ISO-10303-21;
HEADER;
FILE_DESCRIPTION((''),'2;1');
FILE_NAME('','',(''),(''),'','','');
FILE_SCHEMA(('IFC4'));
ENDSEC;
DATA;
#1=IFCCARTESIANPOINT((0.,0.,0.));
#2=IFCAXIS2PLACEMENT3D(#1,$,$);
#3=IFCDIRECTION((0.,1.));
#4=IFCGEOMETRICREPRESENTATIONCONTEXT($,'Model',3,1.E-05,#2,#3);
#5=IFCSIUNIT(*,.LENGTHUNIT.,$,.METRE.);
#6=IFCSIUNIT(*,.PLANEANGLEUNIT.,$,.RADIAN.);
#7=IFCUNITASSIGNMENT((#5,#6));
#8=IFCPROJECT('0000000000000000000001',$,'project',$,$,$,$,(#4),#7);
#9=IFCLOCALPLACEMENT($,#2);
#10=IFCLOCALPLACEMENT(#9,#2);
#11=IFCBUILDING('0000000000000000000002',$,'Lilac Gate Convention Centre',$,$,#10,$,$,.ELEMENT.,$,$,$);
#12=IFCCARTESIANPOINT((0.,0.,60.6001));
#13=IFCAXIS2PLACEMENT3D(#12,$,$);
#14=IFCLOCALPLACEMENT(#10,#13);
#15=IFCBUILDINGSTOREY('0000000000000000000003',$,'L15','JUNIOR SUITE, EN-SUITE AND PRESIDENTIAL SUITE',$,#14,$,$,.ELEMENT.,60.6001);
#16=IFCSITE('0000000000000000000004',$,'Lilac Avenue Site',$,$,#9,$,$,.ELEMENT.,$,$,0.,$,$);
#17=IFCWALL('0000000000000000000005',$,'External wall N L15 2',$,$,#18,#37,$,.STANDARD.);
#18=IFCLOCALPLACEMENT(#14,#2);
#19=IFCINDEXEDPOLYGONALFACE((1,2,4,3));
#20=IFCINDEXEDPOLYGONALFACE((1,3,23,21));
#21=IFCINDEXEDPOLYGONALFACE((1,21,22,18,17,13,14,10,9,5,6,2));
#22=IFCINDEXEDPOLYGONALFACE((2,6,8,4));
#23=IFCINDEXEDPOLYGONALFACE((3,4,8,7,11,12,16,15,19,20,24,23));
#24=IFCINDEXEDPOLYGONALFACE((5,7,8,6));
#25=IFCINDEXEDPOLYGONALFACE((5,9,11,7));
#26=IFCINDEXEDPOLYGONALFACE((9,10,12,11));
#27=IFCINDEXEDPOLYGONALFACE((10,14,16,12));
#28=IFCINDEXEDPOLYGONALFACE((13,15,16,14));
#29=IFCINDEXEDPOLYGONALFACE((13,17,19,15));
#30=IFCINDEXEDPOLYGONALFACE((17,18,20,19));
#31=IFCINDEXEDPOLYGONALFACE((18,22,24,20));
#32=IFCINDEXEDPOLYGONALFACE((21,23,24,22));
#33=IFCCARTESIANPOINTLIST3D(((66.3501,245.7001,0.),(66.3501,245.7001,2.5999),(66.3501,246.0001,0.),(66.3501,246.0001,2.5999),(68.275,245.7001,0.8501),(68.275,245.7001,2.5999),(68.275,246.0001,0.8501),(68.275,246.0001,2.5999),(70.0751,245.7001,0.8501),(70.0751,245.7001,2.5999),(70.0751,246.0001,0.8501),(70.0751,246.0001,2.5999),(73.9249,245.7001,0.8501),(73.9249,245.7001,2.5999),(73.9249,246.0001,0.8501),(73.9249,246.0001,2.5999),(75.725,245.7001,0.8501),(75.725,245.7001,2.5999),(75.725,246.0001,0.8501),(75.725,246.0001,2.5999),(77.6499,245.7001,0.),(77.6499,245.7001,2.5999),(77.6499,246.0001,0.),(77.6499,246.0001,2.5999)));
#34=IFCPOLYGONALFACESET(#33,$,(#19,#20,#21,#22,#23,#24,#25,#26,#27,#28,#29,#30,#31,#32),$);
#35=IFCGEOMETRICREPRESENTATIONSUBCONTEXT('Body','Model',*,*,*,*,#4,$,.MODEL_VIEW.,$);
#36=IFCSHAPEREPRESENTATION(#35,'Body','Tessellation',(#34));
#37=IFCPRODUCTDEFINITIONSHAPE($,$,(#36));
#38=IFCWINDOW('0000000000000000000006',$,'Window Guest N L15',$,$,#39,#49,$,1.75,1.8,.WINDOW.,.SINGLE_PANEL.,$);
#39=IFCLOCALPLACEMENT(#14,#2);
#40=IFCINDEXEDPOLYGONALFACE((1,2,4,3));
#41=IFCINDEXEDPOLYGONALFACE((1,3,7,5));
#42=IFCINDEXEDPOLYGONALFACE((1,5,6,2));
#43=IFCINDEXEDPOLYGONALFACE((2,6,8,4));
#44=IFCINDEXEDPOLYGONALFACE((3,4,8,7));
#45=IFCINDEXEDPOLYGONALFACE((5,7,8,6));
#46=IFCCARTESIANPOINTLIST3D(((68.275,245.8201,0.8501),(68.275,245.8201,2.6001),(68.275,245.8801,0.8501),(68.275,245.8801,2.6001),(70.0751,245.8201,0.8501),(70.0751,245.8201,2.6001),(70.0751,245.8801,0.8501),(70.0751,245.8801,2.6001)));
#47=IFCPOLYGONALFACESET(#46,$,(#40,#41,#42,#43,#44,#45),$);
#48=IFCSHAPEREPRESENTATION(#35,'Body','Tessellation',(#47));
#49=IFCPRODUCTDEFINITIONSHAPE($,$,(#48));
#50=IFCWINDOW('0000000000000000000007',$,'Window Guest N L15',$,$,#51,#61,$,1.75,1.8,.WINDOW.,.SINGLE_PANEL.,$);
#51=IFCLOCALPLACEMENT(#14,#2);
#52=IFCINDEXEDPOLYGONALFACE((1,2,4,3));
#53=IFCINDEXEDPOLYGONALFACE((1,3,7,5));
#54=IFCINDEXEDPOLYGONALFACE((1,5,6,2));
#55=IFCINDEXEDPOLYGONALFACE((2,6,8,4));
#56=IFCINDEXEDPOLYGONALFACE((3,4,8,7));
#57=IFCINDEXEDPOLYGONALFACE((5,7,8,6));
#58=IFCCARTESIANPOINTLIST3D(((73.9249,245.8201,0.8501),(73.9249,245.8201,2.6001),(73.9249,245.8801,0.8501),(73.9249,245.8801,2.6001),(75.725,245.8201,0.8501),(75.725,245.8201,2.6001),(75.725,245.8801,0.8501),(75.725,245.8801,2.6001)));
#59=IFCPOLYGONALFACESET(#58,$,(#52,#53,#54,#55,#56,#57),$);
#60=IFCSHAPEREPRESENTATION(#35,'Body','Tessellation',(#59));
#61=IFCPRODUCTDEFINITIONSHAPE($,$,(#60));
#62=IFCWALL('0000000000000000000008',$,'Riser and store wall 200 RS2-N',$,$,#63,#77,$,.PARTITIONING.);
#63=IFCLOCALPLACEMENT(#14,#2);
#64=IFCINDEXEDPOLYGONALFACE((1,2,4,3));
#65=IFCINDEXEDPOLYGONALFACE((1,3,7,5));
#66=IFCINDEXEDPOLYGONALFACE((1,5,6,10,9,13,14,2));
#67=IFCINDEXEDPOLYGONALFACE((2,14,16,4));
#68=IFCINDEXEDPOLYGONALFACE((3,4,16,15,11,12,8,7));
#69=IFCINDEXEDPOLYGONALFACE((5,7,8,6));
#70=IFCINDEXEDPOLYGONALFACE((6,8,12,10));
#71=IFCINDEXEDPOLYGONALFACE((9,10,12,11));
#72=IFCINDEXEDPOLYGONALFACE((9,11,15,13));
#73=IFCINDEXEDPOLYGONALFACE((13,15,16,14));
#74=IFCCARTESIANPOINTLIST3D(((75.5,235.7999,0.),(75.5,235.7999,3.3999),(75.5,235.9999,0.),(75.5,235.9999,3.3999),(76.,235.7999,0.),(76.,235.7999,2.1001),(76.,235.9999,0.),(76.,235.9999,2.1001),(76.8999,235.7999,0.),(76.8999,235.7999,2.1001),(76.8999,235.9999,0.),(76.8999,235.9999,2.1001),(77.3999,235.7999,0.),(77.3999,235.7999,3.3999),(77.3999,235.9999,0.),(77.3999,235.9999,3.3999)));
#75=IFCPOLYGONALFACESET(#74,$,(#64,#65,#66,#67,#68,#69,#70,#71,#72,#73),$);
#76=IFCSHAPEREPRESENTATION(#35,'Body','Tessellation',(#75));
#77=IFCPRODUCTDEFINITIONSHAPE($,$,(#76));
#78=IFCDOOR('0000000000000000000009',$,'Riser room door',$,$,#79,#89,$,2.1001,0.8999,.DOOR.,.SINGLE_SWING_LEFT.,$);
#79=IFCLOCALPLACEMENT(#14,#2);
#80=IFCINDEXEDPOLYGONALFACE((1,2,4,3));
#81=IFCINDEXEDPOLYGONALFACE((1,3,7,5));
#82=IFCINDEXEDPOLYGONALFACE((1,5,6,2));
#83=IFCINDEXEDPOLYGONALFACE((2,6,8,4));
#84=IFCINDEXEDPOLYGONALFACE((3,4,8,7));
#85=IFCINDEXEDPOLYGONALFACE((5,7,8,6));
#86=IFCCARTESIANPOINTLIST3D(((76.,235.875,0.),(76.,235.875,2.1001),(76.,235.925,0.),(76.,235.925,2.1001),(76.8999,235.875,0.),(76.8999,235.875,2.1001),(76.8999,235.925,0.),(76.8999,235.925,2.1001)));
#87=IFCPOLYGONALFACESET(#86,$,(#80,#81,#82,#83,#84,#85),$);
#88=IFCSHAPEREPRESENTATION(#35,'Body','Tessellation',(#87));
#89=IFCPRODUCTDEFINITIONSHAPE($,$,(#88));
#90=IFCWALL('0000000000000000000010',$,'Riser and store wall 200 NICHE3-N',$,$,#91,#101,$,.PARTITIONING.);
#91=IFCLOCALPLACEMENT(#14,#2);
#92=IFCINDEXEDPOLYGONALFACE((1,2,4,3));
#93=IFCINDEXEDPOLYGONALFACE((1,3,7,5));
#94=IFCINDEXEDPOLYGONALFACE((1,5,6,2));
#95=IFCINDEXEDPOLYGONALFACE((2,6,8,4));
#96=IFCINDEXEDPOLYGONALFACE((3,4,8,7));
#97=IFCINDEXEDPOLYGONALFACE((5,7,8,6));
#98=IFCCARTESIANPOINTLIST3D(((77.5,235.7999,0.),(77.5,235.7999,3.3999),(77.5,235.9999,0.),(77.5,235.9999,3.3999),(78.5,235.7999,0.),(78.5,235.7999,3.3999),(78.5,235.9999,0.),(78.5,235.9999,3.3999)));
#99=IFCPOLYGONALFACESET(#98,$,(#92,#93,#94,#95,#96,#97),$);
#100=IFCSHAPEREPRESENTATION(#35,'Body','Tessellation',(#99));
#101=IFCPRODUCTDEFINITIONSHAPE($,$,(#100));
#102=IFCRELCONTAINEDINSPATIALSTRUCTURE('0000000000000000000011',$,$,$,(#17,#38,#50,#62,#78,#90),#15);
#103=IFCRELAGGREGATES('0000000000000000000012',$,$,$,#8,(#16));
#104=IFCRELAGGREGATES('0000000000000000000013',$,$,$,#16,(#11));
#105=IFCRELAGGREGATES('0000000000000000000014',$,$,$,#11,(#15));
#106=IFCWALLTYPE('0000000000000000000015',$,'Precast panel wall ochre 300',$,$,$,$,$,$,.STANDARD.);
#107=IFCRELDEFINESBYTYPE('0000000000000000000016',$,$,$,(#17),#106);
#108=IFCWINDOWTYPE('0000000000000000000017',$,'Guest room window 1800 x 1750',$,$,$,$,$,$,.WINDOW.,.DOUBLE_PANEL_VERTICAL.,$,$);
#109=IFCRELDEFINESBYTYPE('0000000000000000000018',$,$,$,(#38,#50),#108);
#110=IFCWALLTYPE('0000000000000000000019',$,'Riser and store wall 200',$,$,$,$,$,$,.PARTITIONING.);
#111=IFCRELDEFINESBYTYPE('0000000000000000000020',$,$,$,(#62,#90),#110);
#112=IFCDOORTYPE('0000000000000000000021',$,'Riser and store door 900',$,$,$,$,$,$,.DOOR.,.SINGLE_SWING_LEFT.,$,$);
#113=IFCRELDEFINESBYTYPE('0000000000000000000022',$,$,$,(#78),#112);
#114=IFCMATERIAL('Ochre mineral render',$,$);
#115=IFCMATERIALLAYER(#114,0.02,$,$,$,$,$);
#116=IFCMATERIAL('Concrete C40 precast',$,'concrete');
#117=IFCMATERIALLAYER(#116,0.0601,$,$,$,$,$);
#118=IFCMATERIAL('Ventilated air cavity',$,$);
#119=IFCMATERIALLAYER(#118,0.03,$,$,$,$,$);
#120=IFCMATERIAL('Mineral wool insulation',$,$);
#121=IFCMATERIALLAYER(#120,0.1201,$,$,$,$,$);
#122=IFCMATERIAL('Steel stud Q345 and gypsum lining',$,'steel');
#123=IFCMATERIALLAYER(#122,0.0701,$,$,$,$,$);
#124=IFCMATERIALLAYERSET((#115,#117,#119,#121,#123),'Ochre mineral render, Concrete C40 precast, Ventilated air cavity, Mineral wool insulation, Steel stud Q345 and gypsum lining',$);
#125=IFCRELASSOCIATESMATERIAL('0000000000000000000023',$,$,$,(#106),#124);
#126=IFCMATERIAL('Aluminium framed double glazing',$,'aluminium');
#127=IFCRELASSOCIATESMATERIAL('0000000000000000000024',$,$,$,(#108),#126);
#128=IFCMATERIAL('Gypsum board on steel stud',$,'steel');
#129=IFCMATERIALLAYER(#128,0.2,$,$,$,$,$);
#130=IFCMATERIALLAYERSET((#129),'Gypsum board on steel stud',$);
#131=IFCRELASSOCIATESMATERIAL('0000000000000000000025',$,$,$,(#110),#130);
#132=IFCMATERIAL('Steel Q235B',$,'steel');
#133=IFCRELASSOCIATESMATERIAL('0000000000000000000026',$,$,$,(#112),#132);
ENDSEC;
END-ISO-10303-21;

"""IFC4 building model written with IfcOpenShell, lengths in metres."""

from ifc_helpers import new_model, si_unit, direction, frame, frame_2d, origin, place, context, subcontext, project, spatial, rectangle, extrude, material, layer, layer_set, type_object, element, fill, save


model = new_model("IFC4")

# Units and contexts
model_context = context("Model", 3, precision=1e-05, world=origin(), true_north=direction((0.0, 1.0)))
body_context = subcontext(model_context, "Body", "Model", "MODEL_VIEW")
ifc_project = project(units=[si_unit("LENGTHUNIT", "METRE"), si_unit("PLANEANGLEUNIT", "RADIAN")], contexts=[model_context])

# Site, building, storey
site_placement = place(None, origin())
site = spatial("IfcSite", under=ifc_project, at=site_placement, Name="Lilac Avenue Site", CompositionType="ELEMENT", RefElevation=0.0)
building_placement = place(site_placement, origin())
building = spatial("IfcBuilding", under=site, at=building_placement, Name="Lilac Gate Convention Centre", CompositionType="ELEMENT")
storey_placement = place(building_placement, frame((0.0, 0.0, 60.6001)))
storey = spatial("IfcBuildingStorey", under=building, at=storey_placement, Name="L15", Description="JUNIOR SUITE, EN-SUITE AND PRESIDENTIAL SUITE", CompositionType="ELEMENT", Elevation=60.6001)

# Shared definitions
ifc_material_1 = material(Name="Gypsum board on steel stud", Category="steel")

# Shared definitions
ifc_material_2 = material(Name="Concrete C40 precast", Category="concrete")

# Wall, openings, windows
ifc_material_3 = material(Name="Ochre mineral render")
ifc_layer_1 = layer(ifc_material_3, 0.02)
ifc_layer_2 = layer(ifc_material_2, 0.0601)
ifc_material_4 = material(Name="Ventilated air cavity")
ifc_layer_3 = layer(ifc_material_4, 0.03)
ifc_material_5 = material(Name="Mineral wool insulation")
ifc_layer_4 = layer(ifc_material_5, 0.1201)
ifc_material_6 = material(Name="Steel stud Q345 and gypsum lining", Category="steel")
ifc_layer_5 = layer(ifc_material_6, 0.0701)
ifc_layer_set_1 = layer_set([ifc_layer_1, ifc_layer_2, ifc_layer_3, ifc_layer_4, ifc_layer_5], Name="Ochre mineral render, Concrete C40 precast, Ventilated air cavity, Mineral wool insulation, Steel stud Q345 and gypsum lining")
wall_type_1 = type_object("IfcWallType", Name="Precast panel wall ochre 300", PredefinedType="STANDARD", material=ifc_layer_set_1)
wall_1_placement = place(storey_placement, frame((77.6499, 245.8501, 0.0), z_axis=(0.0, 0.0, 1.0), x_axis=(-1.0, 0.0, 0.0)))
wall_1 = element("IfcWall", 1, at=wall_1_placement, inside=storey, type_object=wall_type_1, Name="External wall N L15 2", PredefinedType="STANDARD", context=body_context, shape_type="SweptSolid", body=[
    extrude(rectangle(XDim=11.2998, YDim=0.3, at=frame_2d((5.6499, 0.0))), origin(), (0.0, 0.0, 1.0), 2.5999),
])
opening_1_placement = place(wall_1_placement, frame((7.575, 0.0, 0.8501)))
opening_1 = element("IfcOpeningElement", 2, at=opening_1_placement, cuts=wall_1, PredefinedType="OPENING", context=body_context, shape_type="SweptSolid", body=[
    extrude(rectangle(XDim=1.8, YDim=1.75, at=frame_2d((0.8999, 0.875))), frame((0.0, 0.1599, 0.0), z_axis=(0.0, -1.0, 0.0), x_axis=(1.0, 0.0, 0.0)), (0.0, 0.0, 1.0), 0.3201),
])
opening_2_placement = place(wall_1_placement, frame((1.925, 0.0, 0.8501)))
opening_2 = element("IfcOpeningElement", 3, at=opening_2_placement, cuts=wall_1, PredefinedType="OPENING", context=body_context, shape_type="SweptSolid", body=[
    extrude(rectangle(XDim=1.8, YDim=1.75, at=frame_2d((0.8999, 0.875))), frame((0.0, 0.1599, 0.0), z_axis=(0.0, -1.0, 0.0), x_axis=(1.0, 0.0, 0.0)), (0.0, 0.0, 1.0), 0.3201),
])
ifc_material_7 = material(Name="Aluminium framed double glazing", Category="aluminium")
window_type = type_object("IfcWindowType", Name="Guest room window 1800 x 1750", PartitioningType="DOUBLE_PANEL_VERTICAL", PredefinedType="WINDOW", material=ifc_material_7)
window_1_placement = place(opening_1_placement, origin())
window_1 = element("IfcWindow", 4, at=window_1_placement, inside=storey, type_object=window_type, Name="Window Guest N L15", OverallHeight=1.75, OverallWidth=1.8, PartitioningType="SINGLE_PANEL", PredefinedType="WINDOW", context=body_context, shape_type="SweptSolid", body=[
    extrude(rectangle(XDim=1.8, YDim=1.75, at=frame_2d((0.8999, 0.875))), frame((0.0, 0.03, 0.0), z_axis=(0.0, -1.0, 0.0), x_axis=(1.0, 0.0, 0.0)), (0.0, 0.0, 1.0), 0.0601),
])
fill(opening_1, window_1)
window_2_placement = place(opening_2_placement, origin())
window_2 = element("IfcWindow", 5, at=window_2_placement, inside=storey, type_object=window_type, Name="Window Guest N L15", OverallHeight=1.75, OverallWidth=1.8, PartitioningType="SINGLE_PANEL", PredefinedType="WINDOW", context=body_context, shape_type="SweptSolid", body=[
    extrude(rectangle(XDim=1.8, YDim=1.75, at=frame_2d((0.8999, 0.875))), frame((0.0, 0.03, 0.0), z_axis=(0.0, -1.0, 0.0), x_axis=(1.0, 0.0, 0.0)), (0.0, 0.0, 1.0), 0.0601),
])
fill(opening_2, window_2)

# Wall, opening, door
ifc_layer_6 = layer(ifc_material_1, 0.2)
ifc_layer_set_2 = layer_set([ifc_layer_6], Name="Gypsum board on steel stud")
wall_type_2 = type_object("IfcWallType", Name="Riser and store wall 200", PredefinedType="PARTITIONING", material=ifc_layer_set_2)
wall_2_placement = place(storey_placement, frame((77.3999, 235.8999, 0.0), z_axis=(0.0, 0.0, 1.0), x_axis=(-1.0, 0.0, 0.0)))
wall_2 = element("IfcWall", 6, at=wall_2_placement, inside=storey, type_object=wall_type_2, Name="Riser and store wall 200 RS2-N", PredefinedType="PARTITIONING", context=body_context, shape_type="SweptSolid", body=[
    extrude(rectangle(XDim=1.8999, YDim=0.2, at=frame_2d((0.95, 0.0))), origin(), (0.0, 0.0, 1.0), 3.3999),
])
opening_3_placement = place(wall_2_placement, frame((0.5, 0.0, 0.0)))
opening_3 = element("IfcOpeningElement", 7, at=opening_3_placement, cuts=wall_2, PredefinedType="OPENING", context=body_context, shape_type="SweptSolid", body=[
    extrude(rectangle(XDim=0.8999, YDim=2.1001, at=frame_2d((0.45, 1.05))), frame((0.0, 0.1099, 0.0), z_axis=(0.0, -1.0, 0.0), x_axis=(1.0, 0.0, 0.0)), (0.0, 0.0, 1.0), 0.22),
])
ifc_material_8 = material(Name="Steel Q235B", Category="steel")
door_type_1 = type_object("IfcDoorType", Name="Riser and store door 900", OperationType="SINGLE_SWING_LEFT", PredefinedType="DOOR", material=ifc_material_8)
door_1_placement = place(opening_3_placement, origin())
door_1 = element("IfcDoor", 8, at=door_1_placement, inside=storey, type_object=door_type_1, Name="Riser room door", OperationType="SINGLE_SWING_LEFT", OverallHeight=2.1001, OverallWidth=0.8999, PredefinedType="DOOR", context=body_context, shape_type="SweptSolid", body=[
    extrude(rectangle(XDim=0.8999, YDim=2.1001, at=frame_2d((0.45, 1.05))), frame((0.0, 0.0249, 0.0), z_axis=(0.0, -1.0, 0.0), x_axis=(1.0, 0.0, 0.0)), (0.0, 0.0, 1.0), 0.05),
])
fill(opening_3, door_1)

# Wall
wall_3_placement = place(storey_placement, frame((77.5, 235.8999, 0.0), z_axis=(0.0, 0.0, 1.0), x_axis=(1.0, 0.0, 0.0)))
element("IfcWall", 9, at=wall_3_placement, inside=storey, type_object=wall_type_2, Name="Riser and store wall 200 NICHE3-N", PredefinedType="PARTITIONING", context=body_context, shape_type="SweptSolid", body=[
    extrude(rectangle(XDim=1.0, YDim=0.2, at=frame_2d((0.5, 0.0))), origin(), (0.0, 0.0, 1.0), 3.3999),
])

save(model, "model.ifc")
